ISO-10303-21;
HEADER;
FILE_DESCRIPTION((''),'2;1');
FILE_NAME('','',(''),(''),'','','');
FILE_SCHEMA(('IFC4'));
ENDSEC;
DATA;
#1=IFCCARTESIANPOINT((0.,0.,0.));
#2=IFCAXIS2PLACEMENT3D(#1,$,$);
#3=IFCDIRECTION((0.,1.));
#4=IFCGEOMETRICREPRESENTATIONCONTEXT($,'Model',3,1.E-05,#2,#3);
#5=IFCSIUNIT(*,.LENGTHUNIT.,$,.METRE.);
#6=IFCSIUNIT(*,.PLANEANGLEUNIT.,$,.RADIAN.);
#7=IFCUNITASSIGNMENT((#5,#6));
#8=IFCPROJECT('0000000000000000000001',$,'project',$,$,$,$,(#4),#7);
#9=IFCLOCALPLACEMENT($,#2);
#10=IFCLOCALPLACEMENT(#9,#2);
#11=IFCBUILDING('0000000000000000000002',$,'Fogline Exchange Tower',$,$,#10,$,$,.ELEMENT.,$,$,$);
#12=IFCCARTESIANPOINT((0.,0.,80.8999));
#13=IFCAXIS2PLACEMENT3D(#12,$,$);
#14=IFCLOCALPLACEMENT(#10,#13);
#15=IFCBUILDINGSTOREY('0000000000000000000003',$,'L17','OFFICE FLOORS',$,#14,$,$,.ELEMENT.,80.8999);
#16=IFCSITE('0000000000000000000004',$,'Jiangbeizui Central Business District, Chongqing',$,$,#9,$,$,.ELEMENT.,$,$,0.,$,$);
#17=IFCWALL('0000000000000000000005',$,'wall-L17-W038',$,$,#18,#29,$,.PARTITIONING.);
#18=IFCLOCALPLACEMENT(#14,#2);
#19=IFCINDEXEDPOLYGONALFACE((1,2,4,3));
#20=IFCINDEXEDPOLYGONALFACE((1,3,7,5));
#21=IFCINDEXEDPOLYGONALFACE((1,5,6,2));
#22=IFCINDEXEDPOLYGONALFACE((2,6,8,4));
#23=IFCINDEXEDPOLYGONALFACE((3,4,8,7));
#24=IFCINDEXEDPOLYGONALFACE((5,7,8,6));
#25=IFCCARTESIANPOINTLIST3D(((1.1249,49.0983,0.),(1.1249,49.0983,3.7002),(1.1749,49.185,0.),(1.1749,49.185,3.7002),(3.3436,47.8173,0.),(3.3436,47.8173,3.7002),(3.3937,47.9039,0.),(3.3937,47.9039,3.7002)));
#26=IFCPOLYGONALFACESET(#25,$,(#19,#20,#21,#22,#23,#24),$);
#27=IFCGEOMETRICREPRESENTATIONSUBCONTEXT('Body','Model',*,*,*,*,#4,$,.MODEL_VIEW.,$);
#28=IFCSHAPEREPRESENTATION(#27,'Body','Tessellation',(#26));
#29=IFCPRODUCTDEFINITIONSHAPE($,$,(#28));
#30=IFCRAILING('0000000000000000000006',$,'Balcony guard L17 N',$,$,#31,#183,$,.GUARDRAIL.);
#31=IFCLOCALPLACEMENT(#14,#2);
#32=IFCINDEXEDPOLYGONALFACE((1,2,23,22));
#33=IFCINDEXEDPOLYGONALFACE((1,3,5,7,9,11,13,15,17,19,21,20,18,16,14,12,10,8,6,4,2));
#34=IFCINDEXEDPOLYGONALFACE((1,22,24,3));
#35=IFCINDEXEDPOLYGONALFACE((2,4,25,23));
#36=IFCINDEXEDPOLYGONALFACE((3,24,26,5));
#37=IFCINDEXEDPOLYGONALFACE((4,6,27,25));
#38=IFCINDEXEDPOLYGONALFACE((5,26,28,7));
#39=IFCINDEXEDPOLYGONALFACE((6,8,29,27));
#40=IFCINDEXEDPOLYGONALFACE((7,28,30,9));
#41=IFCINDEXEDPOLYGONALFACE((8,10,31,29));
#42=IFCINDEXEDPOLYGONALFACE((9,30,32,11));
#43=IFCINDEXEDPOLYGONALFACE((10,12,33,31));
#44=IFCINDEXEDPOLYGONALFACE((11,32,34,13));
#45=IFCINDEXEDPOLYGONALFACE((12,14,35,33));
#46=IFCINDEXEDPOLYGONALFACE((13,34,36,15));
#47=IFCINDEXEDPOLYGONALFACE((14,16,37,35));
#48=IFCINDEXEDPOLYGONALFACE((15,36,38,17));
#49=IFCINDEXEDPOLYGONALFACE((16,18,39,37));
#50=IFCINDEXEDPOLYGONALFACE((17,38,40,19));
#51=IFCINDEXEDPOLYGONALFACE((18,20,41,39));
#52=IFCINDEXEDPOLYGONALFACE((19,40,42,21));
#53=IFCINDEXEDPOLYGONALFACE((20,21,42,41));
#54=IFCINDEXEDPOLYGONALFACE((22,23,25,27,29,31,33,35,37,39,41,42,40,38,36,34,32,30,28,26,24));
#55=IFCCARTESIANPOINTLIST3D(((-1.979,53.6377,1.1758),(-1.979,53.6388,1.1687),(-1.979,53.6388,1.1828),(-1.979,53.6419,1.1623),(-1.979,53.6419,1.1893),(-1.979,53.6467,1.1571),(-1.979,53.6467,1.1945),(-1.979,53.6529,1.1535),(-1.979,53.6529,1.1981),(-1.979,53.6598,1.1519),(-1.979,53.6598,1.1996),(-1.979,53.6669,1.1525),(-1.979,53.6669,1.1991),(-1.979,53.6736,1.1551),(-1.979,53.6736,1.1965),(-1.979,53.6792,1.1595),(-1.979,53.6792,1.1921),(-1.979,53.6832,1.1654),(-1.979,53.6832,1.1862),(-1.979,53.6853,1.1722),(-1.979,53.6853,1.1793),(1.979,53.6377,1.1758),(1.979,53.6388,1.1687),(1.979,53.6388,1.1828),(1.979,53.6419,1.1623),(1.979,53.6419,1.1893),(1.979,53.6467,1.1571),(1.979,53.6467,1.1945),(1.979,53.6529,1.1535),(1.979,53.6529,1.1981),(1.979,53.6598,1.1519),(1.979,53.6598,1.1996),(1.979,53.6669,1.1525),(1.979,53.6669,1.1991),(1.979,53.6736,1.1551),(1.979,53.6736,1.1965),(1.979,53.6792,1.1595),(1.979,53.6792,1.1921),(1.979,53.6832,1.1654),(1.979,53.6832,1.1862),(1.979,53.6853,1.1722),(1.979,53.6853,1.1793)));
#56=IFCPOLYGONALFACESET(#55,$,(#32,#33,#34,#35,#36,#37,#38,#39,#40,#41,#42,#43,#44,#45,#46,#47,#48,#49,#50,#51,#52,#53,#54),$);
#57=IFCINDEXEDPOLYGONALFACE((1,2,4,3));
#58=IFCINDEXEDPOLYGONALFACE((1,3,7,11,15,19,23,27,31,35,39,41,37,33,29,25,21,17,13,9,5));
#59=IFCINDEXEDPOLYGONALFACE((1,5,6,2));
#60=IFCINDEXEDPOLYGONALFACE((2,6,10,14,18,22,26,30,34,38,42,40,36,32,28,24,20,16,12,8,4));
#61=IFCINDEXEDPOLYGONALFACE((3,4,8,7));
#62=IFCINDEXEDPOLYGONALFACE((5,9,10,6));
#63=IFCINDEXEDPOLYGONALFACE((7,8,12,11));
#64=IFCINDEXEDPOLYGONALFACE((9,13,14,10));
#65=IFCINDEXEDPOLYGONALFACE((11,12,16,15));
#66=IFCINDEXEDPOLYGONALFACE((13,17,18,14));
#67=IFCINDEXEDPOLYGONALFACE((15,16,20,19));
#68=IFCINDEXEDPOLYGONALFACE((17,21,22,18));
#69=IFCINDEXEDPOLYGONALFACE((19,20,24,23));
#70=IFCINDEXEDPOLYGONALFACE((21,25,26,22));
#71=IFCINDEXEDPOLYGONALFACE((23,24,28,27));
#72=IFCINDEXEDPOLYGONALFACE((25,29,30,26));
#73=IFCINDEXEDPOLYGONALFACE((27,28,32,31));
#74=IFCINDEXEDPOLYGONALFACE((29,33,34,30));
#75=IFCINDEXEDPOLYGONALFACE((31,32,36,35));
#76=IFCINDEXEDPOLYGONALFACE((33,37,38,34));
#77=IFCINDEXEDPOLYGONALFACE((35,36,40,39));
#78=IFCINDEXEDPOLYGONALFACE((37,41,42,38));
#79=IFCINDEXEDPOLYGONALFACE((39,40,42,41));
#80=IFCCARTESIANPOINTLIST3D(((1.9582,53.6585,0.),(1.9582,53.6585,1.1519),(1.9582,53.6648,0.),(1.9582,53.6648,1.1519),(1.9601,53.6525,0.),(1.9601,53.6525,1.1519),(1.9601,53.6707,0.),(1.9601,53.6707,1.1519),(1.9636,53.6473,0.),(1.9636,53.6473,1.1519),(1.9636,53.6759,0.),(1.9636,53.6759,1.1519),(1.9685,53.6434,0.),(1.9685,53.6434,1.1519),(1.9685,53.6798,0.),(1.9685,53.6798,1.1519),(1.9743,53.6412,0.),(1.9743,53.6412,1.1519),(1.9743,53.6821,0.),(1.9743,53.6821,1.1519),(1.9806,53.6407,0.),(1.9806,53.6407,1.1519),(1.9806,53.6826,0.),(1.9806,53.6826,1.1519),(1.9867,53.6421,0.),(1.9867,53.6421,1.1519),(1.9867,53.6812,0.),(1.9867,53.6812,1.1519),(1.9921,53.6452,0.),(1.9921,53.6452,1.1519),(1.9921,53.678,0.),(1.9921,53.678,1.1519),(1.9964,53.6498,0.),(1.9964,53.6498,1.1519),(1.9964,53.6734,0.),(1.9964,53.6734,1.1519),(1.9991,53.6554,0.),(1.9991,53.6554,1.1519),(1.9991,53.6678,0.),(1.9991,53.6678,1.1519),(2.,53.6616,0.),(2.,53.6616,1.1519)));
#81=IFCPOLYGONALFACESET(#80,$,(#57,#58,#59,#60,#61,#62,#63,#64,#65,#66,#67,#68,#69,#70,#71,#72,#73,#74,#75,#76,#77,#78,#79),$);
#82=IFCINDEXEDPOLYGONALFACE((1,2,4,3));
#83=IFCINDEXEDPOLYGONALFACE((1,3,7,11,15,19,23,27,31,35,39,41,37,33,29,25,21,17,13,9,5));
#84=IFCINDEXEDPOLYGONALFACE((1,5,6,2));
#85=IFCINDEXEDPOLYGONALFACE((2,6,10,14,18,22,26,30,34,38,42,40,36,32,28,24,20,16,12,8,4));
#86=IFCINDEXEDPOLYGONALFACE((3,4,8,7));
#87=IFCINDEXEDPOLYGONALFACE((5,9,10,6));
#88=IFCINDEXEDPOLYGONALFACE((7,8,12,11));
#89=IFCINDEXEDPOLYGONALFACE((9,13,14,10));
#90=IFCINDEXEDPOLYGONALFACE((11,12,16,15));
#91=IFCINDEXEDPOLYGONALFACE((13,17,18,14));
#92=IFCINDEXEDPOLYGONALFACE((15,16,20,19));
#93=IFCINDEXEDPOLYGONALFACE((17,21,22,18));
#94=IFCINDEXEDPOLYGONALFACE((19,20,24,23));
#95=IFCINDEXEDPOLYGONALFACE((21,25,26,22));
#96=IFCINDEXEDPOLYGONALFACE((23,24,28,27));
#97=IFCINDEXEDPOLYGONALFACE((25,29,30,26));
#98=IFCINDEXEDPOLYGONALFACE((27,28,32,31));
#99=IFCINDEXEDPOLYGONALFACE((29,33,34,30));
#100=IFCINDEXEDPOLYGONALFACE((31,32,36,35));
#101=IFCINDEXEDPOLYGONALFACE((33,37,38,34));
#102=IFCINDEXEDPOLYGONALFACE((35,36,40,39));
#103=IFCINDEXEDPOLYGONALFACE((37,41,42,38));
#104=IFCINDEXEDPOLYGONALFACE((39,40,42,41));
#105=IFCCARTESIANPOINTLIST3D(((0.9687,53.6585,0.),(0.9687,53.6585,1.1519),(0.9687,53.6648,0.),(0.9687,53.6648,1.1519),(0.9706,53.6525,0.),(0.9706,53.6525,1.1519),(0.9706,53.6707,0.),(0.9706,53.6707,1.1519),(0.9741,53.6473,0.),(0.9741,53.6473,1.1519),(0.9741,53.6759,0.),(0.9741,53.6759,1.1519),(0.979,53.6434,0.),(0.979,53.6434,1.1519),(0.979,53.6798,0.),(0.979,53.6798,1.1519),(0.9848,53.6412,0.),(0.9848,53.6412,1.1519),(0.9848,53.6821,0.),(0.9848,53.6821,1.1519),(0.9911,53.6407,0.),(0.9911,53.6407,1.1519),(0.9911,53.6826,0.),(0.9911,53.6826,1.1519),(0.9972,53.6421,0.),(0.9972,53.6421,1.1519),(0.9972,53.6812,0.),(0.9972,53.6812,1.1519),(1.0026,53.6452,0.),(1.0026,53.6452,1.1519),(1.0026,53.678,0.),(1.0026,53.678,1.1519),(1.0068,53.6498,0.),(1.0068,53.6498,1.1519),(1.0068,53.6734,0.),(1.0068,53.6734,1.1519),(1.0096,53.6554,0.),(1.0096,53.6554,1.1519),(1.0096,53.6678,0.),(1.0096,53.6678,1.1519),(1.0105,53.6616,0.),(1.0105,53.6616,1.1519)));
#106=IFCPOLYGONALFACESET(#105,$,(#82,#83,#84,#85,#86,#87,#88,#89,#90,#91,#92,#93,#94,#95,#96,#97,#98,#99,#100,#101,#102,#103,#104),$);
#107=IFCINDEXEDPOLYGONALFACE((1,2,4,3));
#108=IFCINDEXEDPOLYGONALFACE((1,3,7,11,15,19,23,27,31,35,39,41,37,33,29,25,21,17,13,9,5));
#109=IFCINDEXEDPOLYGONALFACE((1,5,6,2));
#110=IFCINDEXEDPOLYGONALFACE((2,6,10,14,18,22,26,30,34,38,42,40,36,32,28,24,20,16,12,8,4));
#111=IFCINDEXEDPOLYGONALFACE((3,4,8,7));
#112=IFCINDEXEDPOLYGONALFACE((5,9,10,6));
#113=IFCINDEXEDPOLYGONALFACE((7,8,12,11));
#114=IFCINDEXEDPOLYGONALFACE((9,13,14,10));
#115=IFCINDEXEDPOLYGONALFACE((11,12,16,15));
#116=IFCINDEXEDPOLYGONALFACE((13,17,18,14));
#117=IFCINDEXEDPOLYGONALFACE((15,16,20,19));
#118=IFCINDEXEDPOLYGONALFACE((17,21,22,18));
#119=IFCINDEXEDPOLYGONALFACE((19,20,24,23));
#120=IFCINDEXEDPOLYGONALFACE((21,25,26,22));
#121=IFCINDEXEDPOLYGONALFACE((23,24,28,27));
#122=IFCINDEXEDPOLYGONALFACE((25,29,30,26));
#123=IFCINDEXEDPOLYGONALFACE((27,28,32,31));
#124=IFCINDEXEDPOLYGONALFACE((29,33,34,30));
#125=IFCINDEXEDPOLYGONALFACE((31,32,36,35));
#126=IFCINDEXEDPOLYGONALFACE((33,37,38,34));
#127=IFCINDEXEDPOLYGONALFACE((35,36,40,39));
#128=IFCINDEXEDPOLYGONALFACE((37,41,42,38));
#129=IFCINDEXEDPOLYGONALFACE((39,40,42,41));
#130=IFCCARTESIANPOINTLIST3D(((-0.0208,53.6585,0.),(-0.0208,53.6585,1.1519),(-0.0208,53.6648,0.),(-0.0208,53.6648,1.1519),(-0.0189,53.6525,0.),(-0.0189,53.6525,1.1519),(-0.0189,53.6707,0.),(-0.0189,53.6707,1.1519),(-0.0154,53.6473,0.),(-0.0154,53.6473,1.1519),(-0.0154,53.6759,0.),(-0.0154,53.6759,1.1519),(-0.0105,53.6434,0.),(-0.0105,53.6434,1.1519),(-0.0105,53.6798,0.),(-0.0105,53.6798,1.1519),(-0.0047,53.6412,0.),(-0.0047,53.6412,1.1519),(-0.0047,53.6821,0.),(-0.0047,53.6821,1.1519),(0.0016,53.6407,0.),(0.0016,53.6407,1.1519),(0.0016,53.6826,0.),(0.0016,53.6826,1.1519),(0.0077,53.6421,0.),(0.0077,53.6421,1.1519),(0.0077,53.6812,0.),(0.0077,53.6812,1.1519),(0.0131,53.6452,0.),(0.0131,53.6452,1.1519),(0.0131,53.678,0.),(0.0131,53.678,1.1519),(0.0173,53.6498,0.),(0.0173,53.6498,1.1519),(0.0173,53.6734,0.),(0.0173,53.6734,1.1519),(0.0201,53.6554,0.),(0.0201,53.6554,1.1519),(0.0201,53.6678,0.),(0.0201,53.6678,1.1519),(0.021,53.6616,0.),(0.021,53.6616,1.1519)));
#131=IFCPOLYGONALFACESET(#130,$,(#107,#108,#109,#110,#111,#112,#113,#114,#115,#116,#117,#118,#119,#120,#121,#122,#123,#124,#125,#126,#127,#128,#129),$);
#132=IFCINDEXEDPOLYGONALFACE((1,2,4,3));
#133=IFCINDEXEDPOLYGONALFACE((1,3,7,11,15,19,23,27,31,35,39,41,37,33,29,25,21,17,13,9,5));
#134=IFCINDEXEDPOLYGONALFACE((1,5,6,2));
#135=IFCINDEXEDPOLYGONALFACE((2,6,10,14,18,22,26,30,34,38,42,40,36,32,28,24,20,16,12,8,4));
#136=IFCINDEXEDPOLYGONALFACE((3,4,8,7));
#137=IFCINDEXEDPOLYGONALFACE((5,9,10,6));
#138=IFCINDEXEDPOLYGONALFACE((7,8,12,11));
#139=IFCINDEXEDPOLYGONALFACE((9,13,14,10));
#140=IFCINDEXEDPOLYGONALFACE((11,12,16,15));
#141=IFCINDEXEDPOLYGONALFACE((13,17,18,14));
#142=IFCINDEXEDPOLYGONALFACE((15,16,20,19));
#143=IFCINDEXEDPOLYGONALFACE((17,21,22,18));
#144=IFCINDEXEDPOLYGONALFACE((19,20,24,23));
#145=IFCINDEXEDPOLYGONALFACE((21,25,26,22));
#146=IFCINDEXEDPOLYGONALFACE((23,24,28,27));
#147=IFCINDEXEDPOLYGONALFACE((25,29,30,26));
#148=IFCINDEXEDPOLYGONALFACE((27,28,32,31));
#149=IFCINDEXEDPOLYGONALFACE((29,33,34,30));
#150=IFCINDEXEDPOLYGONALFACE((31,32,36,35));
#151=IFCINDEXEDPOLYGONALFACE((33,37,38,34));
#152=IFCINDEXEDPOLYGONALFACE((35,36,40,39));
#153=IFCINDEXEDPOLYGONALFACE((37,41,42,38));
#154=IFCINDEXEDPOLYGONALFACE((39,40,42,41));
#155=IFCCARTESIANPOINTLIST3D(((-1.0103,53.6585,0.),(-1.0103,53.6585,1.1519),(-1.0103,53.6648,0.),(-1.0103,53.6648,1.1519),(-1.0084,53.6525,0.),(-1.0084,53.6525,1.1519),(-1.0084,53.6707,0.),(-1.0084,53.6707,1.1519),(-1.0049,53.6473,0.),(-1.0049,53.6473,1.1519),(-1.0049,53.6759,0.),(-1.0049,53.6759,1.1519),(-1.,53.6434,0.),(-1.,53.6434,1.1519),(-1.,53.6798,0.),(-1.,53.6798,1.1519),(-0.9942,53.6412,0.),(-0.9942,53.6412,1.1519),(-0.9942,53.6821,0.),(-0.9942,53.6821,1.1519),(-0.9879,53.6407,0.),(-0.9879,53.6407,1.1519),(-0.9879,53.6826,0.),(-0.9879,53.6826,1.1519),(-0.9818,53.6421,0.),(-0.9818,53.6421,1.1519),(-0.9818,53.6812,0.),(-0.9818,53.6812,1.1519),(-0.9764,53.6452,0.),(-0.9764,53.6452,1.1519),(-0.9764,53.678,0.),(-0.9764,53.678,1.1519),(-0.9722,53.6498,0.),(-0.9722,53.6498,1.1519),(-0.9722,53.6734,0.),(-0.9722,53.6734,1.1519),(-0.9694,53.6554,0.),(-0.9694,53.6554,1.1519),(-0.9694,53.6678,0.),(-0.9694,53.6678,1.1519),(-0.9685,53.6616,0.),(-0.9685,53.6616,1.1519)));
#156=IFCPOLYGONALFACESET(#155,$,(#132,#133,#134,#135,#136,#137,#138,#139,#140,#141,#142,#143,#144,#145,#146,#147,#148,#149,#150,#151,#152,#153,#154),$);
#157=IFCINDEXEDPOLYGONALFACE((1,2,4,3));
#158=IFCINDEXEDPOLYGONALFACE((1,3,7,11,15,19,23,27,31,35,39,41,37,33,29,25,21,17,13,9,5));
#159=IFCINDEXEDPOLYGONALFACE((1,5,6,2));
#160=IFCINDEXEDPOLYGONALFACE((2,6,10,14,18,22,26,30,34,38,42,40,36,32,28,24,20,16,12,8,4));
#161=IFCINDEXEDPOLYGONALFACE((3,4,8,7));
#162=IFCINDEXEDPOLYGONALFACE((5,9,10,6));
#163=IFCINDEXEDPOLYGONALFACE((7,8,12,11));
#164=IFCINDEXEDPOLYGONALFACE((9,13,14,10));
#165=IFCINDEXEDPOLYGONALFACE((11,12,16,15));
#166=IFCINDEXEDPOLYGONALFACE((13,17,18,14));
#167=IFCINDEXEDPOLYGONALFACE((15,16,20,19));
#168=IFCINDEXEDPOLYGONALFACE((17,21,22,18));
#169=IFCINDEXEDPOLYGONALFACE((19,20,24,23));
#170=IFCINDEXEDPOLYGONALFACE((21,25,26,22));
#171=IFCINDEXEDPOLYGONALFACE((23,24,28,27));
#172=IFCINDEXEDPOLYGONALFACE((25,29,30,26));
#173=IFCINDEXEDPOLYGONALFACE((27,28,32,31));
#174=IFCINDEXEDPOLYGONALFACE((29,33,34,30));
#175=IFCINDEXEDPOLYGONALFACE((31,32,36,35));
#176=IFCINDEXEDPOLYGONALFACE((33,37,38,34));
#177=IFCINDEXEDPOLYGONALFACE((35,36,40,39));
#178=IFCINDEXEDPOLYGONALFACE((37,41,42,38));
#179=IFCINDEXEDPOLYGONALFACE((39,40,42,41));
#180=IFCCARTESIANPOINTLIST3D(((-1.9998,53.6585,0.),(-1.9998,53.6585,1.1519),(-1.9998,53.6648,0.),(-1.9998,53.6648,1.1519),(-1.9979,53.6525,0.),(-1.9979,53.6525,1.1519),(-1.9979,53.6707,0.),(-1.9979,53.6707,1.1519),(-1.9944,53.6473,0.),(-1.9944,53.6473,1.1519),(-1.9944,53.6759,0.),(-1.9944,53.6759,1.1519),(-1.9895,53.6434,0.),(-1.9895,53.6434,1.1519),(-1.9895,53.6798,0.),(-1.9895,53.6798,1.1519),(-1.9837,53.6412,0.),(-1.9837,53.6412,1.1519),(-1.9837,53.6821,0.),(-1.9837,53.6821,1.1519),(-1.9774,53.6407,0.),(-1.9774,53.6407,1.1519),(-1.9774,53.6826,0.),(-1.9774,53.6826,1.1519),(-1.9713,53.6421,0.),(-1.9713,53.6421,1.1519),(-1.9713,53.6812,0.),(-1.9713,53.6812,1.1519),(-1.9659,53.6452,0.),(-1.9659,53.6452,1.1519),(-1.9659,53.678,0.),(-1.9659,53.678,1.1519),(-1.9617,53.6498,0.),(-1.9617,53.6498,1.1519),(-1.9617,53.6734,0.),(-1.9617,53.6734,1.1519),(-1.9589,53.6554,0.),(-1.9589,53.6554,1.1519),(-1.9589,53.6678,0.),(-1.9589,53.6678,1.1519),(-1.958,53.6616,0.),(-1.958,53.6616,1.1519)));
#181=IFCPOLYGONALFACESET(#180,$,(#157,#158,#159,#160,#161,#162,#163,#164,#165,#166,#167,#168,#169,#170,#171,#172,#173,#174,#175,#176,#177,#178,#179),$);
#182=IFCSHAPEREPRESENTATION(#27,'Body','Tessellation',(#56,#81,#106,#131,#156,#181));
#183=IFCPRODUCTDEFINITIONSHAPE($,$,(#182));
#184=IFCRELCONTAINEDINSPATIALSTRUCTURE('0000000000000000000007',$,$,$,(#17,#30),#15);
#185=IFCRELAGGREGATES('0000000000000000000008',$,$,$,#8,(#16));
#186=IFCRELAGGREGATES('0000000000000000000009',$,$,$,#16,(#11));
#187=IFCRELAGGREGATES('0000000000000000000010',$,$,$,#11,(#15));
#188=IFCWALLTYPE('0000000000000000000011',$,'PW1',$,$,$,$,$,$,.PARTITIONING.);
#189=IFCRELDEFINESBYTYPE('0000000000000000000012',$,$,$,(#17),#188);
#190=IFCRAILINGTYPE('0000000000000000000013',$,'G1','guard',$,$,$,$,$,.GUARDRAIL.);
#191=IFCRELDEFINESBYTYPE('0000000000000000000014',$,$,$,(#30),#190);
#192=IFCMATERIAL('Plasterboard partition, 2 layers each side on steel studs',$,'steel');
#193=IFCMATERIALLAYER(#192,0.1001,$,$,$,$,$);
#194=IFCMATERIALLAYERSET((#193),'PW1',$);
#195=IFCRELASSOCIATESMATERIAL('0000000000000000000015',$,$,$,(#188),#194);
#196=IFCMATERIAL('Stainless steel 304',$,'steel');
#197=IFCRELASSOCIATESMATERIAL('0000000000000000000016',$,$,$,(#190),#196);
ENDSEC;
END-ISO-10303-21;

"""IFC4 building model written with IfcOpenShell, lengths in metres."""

from ifc_helpers import new_model, si_unit, direction, frame, frame_2d, origin, origin_2d, place, context, subcontext, project, spatial, rectangle, circle, extrude, material, layer, layer_set, type_object, element, save


model = new_model("IFC4")

# Units and contexts
model_context = context("Model", 3, precision=1e-05, world=origin(), true_north=direction((0.0, 1.0)))
body_context = subcontext(model_context, "Body", "Model", "MODEL_VIEW")
ifc_project = project(units=[si_unit("LENGTHUNIT", "METRE"), si_unit("PLANEANGLEUNIT", "RADIAN")], contexts=[model_context])

# Site, building, storey
site_placement = place(None, origin())
site = spatial("IfcSite", under=ifc_project, at=site_placement, Name="Jiangbeizui Central Business District, Chongqing", CompositionType="ELEMENT", RefElevation=0.0)
building_placement = place(site_placement, origin())
building = spatial("IfcBuilding", under=site, at=building_placement, Name="Fogline Exchange Tower", CompositionType="ELEMENT")
storey_placement = place(building_placement, frame((0.0, 0.0, 80.8999)))
storey = spatial("IfcBuildingStorey", under=building, at=storey_placement, Name="L17", Description="OFFICE FLOORS", CompositionType="ELEMENT", Elevation=80.8999)

# Shared definitions
ifc_material_1 = material(Name="Plasterboard partition, 2 layers each side on steel studs", Category="steel")
ifc_layer_1 = layer(ifc_material_1, 0.1001)
ifc_layer_set_1 = layer_set([ifc_layer_1], Name="PW1")
wall_type_1 = type_object("IfcWallType", Name="PW1", PredefinedType="PARTITIONING", material=ifc_layer_set_1)

# Wall
wall_1_placement = place(storey_placement, frame((3.3687, 47.8606, 0.0), z_axis=(0.0, 0.0, 1.0), x_axis=(-0.866024, 0.500003, 0.0)))
element("IfcWall", 1, at=wall_1_placement, inside=storey, type_object=wall_type_1, Name="wall-L17-W038", PredefinedType="PARTITIONING", context=body_context, shape_type="SweptSolid", body=[
    extrude(rectangle(XDim=2.562, YDim=0.1001, at=frame_2d((1.281, 0.0))), origin(), (0.0, 0.0, 1.0), 3.7002),
])

# Railing
ifc_material_2 = material(Name="Stainless steel 304", Category="steel")
railing_type = type_object("IfcRailingType", Name="G1", Description="guard", PredefinedType="GUARDRAIL", material=ifc_material_2)
railing_placement = place(storey_placement, frame((1.979, 53.6616, 0.0)))
element("IfcRailing", 2, at=railing_placement, inside=storey, type_object=railing_type, Name="Balcony guard L17 N", PredefinedType="GUARDRAIL", context=body_context, shape_type="SweptSolid", body=[
    extrude(circle(Radius=0.0239, at=origin_2d()), frame((0.0, 0.0, 1.1758), z_axis=(-1.0, 0.0, 0.0), x_axis=(0.0, -1.0, 0.0)), (0.0, 0.0, 1.0), 3.958),
    extrude(circle(Radius=0.021, at=origin_2d()), origin(), (0.0, 0.0, 1.0), 1.1519),
    extrude(circle(Radius=0.021, at=origin_2d()), frame((-0.9895, 0.0, 0.0)), (0.0, 0.0, 1.0), 1.1519),
    extrude(circle(Radius=0.021, at=origin_2d()), frame((-1.979, 0.0, 0.0)), (0.0, 0.0, 1.0), 1.1519),
    extrude(circle(Radius=0.021, at=origin_2d()), frame((-2.9685, 0.0, 0.0)), (0.0, 0.0, 1.0), 1.1519),
    extrude(circle(Radius=0.021, at=origin_2d()), frame((-3.958, 0.0, 0.0)), (0.0, 0.0, 1.0), 1.1519),
])

save(model, "model.ifc")
